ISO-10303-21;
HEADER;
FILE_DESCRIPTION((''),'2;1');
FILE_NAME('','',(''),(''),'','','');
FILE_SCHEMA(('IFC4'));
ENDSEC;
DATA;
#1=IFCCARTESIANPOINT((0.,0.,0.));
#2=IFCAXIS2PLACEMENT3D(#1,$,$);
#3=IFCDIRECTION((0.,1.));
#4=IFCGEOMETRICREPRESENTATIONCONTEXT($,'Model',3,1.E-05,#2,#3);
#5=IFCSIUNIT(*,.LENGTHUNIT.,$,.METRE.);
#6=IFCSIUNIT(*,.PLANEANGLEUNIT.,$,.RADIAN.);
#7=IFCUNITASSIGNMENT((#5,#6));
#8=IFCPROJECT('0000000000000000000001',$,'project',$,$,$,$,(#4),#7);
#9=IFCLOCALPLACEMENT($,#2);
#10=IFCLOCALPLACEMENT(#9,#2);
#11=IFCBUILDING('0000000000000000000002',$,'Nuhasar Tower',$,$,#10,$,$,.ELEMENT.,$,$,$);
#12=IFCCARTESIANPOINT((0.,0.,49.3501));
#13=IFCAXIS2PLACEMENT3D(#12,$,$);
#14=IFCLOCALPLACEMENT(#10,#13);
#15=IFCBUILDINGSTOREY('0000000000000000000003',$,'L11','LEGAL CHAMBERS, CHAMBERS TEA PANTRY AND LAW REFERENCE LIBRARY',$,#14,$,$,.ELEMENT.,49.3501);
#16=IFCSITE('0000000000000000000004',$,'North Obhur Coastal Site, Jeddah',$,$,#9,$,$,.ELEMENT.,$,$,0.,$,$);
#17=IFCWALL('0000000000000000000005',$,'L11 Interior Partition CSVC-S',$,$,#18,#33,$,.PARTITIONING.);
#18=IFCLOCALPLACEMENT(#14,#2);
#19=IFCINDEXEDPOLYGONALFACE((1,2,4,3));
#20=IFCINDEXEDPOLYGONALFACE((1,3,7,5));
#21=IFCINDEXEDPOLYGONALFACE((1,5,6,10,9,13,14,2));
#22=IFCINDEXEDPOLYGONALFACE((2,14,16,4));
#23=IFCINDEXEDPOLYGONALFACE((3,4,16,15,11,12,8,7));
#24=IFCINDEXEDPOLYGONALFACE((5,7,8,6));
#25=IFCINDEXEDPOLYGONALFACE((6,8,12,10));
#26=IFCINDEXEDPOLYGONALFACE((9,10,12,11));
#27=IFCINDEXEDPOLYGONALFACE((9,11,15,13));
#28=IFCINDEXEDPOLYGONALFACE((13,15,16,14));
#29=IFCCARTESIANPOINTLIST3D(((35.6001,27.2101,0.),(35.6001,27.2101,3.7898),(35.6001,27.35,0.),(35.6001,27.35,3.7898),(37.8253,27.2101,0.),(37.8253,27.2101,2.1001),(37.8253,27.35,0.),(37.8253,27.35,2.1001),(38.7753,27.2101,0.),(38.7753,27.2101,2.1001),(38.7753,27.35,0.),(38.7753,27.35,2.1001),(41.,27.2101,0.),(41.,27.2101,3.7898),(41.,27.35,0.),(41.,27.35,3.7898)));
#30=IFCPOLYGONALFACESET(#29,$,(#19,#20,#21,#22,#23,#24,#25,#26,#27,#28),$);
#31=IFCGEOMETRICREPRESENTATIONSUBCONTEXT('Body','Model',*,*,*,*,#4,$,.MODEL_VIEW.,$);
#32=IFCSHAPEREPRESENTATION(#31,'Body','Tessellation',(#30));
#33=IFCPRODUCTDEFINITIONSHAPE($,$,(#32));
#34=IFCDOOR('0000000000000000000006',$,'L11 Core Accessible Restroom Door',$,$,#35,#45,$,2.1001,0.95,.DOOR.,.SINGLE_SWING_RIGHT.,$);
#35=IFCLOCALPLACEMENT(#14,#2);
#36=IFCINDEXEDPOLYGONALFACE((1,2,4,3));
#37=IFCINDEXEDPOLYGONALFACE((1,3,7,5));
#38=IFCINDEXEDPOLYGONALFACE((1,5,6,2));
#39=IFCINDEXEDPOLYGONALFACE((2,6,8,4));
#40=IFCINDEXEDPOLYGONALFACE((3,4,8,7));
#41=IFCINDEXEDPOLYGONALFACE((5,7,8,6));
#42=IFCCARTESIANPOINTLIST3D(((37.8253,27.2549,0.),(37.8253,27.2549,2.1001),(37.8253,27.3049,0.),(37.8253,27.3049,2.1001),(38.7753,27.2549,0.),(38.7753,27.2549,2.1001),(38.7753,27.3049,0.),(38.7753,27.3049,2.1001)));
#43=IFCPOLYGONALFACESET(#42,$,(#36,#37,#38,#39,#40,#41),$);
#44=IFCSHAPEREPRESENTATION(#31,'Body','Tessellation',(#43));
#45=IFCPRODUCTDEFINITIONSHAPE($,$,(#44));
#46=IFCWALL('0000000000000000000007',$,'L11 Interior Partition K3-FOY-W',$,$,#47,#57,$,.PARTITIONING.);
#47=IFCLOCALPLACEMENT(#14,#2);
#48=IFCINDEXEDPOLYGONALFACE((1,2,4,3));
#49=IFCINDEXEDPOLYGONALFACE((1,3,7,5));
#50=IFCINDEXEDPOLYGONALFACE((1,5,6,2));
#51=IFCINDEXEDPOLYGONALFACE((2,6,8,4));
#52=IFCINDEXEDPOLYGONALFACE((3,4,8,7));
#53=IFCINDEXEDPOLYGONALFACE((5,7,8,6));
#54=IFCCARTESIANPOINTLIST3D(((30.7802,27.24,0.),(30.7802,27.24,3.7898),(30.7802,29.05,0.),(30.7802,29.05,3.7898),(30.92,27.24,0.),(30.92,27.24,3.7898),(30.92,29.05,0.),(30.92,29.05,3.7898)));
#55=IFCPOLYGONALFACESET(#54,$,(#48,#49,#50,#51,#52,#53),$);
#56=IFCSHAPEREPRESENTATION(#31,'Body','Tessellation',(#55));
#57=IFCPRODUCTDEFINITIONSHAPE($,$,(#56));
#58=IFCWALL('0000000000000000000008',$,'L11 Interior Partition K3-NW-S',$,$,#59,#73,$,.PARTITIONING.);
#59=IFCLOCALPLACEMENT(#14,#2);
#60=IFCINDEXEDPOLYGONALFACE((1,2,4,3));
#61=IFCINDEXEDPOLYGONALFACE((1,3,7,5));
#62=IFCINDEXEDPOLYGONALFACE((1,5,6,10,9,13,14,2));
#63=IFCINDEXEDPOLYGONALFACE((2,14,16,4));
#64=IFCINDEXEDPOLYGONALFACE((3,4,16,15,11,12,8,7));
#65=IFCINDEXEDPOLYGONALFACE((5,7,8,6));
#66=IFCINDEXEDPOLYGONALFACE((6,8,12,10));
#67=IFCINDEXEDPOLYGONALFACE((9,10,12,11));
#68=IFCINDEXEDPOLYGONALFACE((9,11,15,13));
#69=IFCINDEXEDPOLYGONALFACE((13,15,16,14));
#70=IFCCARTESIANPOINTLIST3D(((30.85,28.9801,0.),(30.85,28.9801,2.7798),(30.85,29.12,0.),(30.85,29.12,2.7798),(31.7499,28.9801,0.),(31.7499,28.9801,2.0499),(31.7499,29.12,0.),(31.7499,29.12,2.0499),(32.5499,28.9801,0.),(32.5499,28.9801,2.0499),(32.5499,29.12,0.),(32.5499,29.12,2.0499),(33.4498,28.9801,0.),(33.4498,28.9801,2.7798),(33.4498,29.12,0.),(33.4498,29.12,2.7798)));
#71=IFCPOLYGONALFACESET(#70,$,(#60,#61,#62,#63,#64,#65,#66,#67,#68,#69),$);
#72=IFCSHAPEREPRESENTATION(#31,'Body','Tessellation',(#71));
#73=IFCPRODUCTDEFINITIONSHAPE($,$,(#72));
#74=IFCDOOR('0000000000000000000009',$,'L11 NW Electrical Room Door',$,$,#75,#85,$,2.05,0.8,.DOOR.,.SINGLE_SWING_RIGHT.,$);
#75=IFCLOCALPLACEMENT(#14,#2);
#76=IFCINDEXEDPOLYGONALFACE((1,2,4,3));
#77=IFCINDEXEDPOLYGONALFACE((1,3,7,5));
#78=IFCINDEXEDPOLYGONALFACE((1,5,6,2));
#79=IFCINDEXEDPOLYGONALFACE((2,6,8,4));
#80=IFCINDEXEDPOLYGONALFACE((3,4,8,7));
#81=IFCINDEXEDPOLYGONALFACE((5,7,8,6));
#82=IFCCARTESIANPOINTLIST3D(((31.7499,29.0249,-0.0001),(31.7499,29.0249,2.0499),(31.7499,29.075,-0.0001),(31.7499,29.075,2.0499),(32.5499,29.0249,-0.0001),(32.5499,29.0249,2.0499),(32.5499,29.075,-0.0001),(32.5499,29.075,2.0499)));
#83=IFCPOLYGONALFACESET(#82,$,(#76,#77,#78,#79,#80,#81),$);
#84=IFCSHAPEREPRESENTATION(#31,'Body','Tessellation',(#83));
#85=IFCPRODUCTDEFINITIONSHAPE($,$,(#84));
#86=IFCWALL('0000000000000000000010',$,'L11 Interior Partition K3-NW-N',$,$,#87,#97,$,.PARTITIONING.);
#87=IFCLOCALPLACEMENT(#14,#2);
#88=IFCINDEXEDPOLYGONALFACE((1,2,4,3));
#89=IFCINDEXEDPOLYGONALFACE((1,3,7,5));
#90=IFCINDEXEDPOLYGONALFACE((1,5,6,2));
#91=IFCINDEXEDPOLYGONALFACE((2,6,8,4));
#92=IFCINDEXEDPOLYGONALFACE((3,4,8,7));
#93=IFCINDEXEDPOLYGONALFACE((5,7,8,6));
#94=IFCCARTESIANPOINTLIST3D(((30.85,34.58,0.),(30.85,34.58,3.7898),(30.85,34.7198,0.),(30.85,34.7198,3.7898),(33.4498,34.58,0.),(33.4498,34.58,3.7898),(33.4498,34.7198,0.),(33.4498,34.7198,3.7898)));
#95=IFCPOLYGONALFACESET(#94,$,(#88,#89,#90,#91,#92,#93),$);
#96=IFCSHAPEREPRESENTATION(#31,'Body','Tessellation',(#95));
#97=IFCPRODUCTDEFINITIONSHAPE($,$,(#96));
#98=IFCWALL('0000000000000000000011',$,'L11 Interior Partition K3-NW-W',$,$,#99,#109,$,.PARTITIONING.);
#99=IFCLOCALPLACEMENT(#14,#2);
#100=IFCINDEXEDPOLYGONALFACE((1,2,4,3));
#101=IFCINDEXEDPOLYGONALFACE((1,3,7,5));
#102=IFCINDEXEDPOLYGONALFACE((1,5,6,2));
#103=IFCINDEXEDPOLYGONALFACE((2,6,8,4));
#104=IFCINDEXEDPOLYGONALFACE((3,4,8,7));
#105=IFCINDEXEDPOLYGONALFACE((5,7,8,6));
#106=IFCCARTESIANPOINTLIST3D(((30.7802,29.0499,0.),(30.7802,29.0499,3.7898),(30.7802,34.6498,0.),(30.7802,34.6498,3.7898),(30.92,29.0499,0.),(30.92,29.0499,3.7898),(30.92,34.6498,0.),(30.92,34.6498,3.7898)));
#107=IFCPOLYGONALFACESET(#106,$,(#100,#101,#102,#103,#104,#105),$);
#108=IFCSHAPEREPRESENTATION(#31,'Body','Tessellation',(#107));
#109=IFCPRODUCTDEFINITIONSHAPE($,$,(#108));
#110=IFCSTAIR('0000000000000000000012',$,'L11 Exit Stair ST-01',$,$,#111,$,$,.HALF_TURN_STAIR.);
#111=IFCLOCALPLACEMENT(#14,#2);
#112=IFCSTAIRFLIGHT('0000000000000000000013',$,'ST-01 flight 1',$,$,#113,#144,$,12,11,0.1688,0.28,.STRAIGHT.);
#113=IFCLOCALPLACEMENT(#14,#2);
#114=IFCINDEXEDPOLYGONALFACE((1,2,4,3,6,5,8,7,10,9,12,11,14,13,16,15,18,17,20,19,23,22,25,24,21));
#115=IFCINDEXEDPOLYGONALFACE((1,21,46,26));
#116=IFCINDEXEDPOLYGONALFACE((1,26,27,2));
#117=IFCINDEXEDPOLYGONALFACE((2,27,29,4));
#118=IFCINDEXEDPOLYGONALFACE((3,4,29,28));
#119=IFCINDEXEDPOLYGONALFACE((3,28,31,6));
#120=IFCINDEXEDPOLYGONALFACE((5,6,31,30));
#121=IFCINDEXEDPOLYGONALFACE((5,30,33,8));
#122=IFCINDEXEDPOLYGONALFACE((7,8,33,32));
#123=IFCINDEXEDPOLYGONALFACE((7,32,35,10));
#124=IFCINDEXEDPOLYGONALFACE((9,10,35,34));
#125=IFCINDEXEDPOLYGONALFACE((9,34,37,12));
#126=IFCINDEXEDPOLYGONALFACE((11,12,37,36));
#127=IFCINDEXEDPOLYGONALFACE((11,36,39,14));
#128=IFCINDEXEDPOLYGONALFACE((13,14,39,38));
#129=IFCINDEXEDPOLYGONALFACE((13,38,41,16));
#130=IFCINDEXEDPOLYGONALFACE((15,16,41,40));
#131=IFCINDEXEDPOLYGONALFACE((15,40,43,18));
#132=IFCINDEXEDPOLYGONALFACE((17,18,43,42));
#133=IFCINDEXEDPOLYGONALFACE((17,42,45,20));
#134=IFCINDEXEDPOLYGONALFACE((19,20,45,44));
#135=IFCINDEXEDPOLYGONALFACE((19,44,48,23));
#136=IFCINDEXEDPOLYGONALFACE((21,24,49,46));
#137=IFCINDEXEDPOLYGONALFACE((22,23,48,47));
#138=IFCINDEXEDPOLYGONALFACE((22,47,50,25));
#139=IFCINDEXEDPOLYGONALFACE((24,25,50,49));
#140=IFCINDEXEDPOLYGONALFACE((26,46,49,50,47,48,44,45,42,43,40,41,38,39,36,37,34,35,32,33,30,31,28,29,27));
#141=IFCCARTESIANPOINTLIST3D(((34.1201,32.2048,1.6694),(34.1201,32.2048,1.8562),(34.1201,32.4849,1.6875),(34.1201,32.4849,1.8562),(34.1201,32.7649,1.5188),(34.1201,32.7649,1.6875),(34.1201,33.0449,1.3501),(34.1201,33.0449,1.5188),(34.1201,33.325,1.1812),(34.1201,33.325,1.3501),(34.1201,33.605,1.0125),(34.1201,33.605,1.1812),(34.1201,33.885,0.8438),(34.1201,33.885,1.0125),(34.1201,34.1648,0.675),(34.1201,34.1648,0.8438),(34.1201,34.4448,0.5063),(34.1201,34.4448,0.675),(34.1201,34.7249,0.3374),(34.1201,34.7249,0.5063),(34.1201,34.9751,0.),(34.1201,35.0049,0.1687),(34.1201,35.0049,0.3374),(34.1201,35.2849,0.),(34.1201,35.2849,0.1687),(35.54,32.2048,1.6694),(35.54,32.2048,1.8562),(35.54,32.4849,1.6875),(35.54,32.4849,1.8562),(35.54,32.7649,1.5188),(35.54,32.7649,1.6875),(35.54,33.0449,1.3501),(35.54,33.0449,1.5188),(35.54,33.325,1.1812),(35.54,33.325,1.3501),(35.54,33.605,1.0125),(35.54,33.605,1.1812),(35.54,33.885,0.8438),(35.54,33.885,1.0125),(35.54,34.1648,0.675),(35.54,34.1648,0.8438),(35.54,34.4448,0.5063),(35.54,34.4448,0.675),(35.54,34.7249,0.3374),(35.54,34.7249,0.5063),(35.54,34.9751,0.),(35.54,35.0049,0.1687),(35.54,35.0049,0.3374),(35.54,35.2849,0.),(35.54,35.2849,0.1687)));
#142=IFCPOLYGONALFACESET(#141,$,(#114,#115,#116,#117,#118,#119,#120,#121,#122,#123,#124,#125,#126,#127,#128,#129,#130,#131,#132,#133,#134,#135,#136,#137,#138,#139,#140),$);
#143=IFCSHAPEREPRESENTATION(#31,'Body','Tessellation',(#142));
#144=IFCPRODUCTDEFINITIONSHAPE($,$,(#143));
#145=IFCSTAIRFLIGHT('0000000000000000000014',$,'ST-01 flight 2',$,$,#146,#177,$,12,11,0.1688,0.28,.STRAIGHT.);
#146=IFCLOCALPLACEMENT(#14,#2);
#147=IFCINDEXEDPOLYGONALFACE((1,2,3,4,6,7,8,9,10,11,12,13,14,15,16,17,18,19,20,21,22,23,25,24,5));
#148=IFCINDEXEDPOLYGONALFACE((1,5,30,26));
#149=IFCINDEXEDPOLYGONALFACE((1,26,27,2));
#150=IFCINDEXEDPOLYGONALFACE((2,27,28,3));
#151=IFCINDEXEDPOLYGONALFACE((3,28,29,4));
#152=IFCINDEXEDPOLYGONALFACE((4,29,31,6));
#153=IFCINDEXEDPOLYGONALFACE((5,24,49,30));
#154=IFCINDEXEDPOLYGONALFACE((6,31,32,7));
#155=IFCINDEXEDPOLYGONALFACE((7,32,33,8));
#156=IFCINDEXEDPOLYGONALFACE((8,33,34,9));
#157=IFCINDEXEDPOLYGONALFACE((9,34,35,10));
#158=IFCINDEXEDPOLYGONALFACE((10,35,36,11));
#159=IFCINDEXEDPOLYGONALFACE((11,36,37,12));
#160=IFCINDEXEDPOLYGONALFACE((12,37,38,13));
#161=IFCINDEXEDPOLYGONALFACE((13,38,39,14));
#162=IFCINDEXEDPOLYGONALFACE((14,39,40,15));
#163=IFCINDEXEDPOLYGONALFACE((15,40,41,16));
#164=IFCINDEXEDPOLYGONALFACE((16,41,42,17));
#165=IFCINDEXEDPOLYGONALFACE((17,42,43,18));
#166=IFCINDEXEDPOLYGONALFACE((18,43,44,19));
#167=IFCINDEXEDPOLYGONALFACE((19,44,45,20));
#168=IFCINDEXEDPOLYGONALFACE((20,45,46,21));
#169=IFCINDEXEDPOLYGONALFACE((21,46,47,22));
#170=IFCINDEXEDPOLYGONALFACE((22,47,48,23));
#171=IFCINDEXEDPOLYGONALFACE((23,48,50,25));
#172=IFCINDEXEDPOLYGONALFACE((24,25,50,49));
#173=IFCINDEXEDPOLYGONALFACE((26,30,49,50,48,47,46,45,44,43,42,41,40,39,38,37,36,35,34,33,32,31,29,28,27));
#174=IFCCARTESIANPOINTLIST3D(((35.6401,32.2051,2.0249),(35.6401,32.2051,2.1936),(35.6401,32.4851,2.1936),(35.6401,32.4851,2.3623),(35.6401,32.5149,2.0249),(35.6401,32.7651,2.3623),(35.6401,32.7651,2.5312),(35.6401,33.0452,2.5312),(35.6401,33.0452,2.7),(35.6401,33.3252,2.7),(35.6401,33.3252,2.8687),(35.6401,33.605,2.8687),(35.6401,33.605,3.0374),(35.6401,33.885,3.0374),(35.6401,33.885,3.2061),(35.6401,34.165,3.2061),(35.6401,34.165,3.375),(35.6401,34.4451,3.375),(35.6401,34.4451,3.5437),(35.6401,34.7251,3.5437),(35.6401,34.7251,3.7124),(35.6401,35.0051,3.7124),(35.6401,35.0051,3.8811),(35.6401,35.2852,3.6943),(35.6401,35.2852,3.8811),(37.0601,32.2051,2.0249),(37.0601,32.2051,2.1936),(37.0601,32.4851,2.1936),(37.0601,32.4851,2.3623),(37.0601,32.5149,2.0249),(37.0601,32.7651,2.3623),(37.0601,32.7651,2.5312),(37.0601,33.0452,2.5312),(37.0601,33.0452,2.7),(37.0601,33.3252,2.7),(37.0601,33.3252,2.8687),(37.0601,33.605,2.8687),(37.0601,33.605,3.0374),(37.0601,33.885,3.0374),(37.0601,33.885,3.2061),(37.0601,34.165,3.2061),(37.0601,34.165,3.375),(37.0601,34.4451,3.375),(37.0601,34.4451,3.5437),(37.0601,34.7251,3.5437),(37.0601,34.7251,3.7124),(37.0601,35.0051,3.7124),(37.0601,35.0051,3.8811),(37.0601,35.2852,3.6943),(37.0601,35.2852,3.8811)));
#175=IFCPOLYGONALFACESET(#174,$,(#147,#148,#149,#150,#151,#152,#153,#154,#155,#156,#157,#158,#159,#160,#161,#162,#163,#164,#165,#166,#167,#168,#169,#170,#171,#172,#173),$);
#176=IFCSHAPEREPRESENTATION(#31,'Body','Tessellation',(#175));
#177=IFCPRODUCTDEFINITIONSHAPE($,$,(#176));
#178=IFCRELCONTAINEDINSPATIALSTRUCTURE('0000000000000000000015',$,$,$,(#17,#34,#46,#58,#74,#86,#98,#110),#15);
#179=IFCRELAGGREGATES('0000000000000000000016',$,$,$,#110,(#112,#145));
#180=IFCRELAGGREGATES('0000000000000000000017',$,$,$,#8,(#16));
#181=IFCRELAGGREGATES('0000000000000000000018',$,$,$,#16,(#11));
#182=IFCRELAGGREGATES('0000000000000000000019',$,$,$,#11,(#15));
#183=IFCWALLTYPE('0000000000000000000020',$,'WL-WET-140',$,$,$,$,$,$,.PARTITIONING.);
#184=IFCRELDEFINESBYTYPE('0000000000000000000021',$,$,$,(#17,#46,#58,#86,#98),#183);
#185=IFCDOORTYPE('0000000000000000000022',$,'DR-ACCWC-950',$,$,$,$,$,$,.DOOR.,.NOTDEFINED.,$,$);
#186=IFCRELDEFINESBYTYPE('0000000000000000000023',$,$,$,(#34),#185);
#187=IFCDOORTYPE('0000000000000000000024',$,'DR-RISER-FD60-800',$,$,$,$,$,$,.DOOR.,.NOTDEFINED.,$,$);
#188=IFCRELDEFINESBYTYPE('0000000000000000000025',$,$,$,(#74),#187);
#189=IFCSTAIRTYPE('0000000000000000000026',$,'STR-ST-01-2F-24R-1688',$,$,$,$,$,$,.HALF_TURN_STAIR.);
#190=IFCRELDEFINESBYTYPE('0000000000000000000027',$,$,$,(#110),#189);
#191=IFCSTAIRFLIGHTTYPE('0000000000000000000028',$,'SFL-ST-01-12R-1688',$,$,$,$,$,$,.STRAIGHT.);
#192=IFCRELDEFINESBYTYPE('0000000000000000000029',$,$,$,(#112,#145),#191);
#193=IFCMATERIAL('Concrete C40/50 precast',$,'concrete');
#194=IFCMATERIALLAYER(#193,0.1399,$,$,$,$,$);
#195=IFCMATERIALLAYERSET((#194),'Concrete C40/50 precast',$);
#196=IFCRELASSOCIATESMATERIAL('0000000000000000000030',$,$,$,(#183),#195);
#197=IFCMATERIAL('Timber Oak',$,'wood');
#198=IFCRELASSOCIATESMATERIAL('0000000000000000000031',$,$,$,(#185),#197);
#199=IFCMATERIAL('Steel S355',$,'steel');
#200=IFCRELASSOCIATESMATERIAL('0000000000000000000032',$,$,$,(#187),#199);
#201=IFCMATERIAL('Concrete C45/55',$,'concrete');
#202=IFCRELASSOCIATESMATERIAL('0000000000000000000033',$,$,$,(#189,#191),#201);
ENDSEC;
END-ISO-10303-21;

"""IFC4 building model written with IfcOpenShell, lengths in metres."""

from ifc_helpers import new_model, si_unit, direction, frame, frame_2d, origin, place, context, subcontext, project, spatial, polyline, rectangle, outline, extrude, material, layer, layer_set, type_object, element, fill, aggregate, save


model = new_model("IFC4")

# Units and contexts
model_context = context("Model", 3, precision=1e-05, world=origin(), true_north=direction((0.0, 1.0)))
body_context = subcontext(model_context, "Body", "Model", "MODEL_VIEW")
ifc_project = project(units=[si_unit("LENGTHUNIT", "METRE"), si_unit("PLANEANGLEUNIT", "RADIAN")], contexts=[model_context])

# Site, building, storey
site_placement = place(None, origin())
site = spatial("IfcSite", under=ifc_project, at=site_placement, Name="North Obhur Coastal Site, Jeddah", CompositionType="ELEMENT", RefElevation=0.0)
building_placement = place(site_placement, origin())
building = spatial("IfcBuilding", under=site, at=building_placement, Name="Nuhasar Tower", CompositionType="ELEMENT")
storey_placement = place(building_placement, frame((0.0, 0.0, 49.3501)))
storey = spatial("IfcBuildingStorey", under=building, at=storey_placement, Name="L11", Description="LEGAL CHAMBERS, CHAMBERS TEA PANTRY AND LAW REFERENCE LIBRARY", CompositionType="ELEMENT", Elevation=49.3501)

# Shared definitions
ifc_material_1 = material(Name="Steel S355", Category="steel")

# Shared definitions
ifc_material_2 = material(Name="Concrete C40/50 precast", Category="concrete")
ifc_layer_1 = layer(ifc_material_2, 0.1399)
ifc_layer_set_1 = layer_set([ifc_layer_1], Name="Concrete C40/50 precast")
wall_type_1 = type_object("IfcWallType", Name="WL-WET-140", PredefinedType="PARTITIONING", material=ifc_layer_set_1)

# Wall, opening, door
wall_1_placement = place(storey_placement, frame((35.6001, 27.28, 0.0), z_axis=(0.0, 0.0, 1.0), x_axis=(1.0, 0.0, 0.0)))
wall_1 = element("IfcWall", 1, at=wall_1_placement, inside=storey, type_object=wall_type_1, Name="L11 Interior Partition CSVC-S", PredefinedType="PARTITIONING", context=body_context, shape_type="SweptSolid", body=[
    extrude(rectangle(XDim=5.3999, YDim=0.1399, at=frame_2d((2.7, 0.0))), origin(), (0.0, 0.0, 1.0), 3.7898),
])
opening_1_placement = place(wall_1_placement, frame((2.2251, 0.0, 0.0)))
opening_1 = element("IfcOpeningElement", 2, at=opening_1_placement, cuts=wall_1, PredefinedType="OPENING", context=body_context, shape_type="SweptSolid", body=[
    extrude(rectangle(XDim=0.95, YDim=2.1001, at=frame_2d((0.4751, 1.05))), frame((0.0, 0.0801, 0.0), z_axis=(0.0, -1.0, 0.0), x_axis=(1.0, 0.0, 0.0)), (0.0, 0.0, 1.0), 0.1599),
])
ifc_material_3 = material(Name="Timber Oak", Category="wood")
door_type_1 = type_object("IfcDoorType", Name="DR-ACCWC-950", OperationType="NOTDEFINED", PredefinedType="DOOR", material=ifc_material_3)
door_1_placement = place(opening_1_placement, origin())
door_1 = element("IfcDoor", 3, at=door_1_placement, inside=storey, type_object=door_type_1, Name="L11 Core Accessible Restroom Door", OperationType="SINGLE_SWING_RIGHT", OverallHeight=2.1001, OverallWidth=0.95, PredefinedType="DOOR", context=body_context, shape_type="SweptSolid", body=[
    extrude(rectangle(XDim=0.95, YDim=2.1001, at=frame_2d((0.4751, 1.05))), frame((0.0, 0.0249, 0.0), z_axis=(0.0, -1.0, 0.0), x_axis=(1.0, 0.0, 0.0)), (0.0, 0.0, 1.0), 0.05),
])
fill(opening_1, door_1)

# Wall
wall_2_placement = place(storey_placement, frame((30.8501, 27.24, 0.0), z_axis=(0.0, 0.0, 1.0), x_axis=(0.0, 1.0, 0.0)))
element("IfcWall", 4, at=wall_2_placement, inside=storey, type_object=wall_type_1, Name="L11 Interior Partition K3-FOY-W", PredefinedType="PARTITIONING", context=body_context, shape_type="SweptSolid", body=[
    extrude(rectangle(XDim=1.8101, YDim=0.1399, at=frame_2d((0.905, 0.0))), origin(), (0.0, 0.0, 1.0), 3.7898),
])

# Wall, opening, door
wall_3_placement = place(storey_placement, frame((30.8501, 29.05, 0.0), z_axis=(0.0, 0.0, 1.0), x_axis=(1.0, 0.0, 0.0)))
wall_3 = element("IfcWall", 5, at=wall_3_placement, inside=storey, type_object=wall_type_1, Name="L11 Interior Partition K3-NW-S", PredefinedType="PARTITIONING", context=body_context, shape_type="SweptSolid", body=[
    extrude(rectangle(XDim=2.5999, YDim=0.1399, at=frame_2d((1.2998, 0.0))), origin(), (0.0, 0.0, 1.0), 2.7798),
])
opening_2_placement = place(wall_3_placement, frame((0.8999, 0.0, 0.0)))
opening_2 = element("IfcOpeningElement", 6, at=opening_2_placement, cuts=wall_3, PredefinedType="OPENING", context=body_context, shape_type="SweptSolid", body=[
    extrude(rectangle(XDim=0.8, YDim=2.05, at=frame_2d((0.3999, 1.0249))), frame((0.0, 0.0801, 0.0), z_axis=(0.0, -1.0, 0.0), x_axis=(1.0, 0.0, 0.0)), (0.0, 0.0, 1.0), 0.1599),
])
door_type_2 = type_object("IfcDoorType", Name="DR-RISER-FD60-800", OperationType="NOTDEFINED", PredefinedType="DOOR", material=ifc_material_1)
door_2_placement = place(opening_2_placement, origin())
door_2 = element("IfcDoor", 7, at=door_2_placement, inside=storey, type_object=door_type_2, Name="L11 NW Electrical Room Door", OperationType="SINGLE_SWING_RIGHT", OverallHeight=2.05, OverallWidth=0.8, PredefinedType="DOOR", context=body_context, shape_type="SweptSolid", body=[
    extrude(rectangle(XDim=0.8, YDim=2.05, at=frame_2d((0.3999, 1.0249))), frame((0.0, 0.0249, 0.0), z_axis=(0.0, -1.0, 0.0), x_axis=(1.0, 0.0, 0.0)), (0.0, 0.0, 1.0), 0.05),
])
fill(opening_2, door_2)

# Walls
wall_4_placement = place(storey_placement, frame((30.8501, 34.6499, 0.0), z_axis=(0.0, 0.0, 1.0), x_axis=(1.0, 0.0, 0.0)))
element("IfcWall", 8, at=wall_4_placement, inside=storey, type_object=wall_type_1, Name="L11 Interior Partition K3-NW-N", PredefinedType="PARTITIONING", context=body_context, shape_type="SweptSolid", body=[
    extrude(rectangle(XDim=2.5999, YDim=0.1399, at=frame_2d((1.2998, 0.0))), origin(), (0.0, 0.0, 1.0), 3.7898),
])
wall_5_placement = place(storey_placement, frame((30.8501, 29.05, 0.0), z_axis=(0.0, 0.0, 1.0), x_axis=(0.0, 1.0, 0.0)))
element("IfcWall", 9, at=wall_5_placement, inside=storey, type_object=wall_type_1, Name="L11 Interior Partition K3-NW-W", PredefinedType="PARTITIONING", context=body_context, shape_type="SweptSolid", body=[
    extrude(rectangle(XDim=5.5999, YDim=0.1399, at=frame_2d((2.7998, 0.0))), origin(), (0.0, 0.0, 1.0), 3.7898),
])

# Stair, stair flights
ifc_material_4 = material(Name="Concrete C45/55", Category="concrete")
stair_type_1 = type_object("IfcStairType", Name="STR-ST-01-2F-24R-1688", PredefinedType="HALF_TURN_STAIR", material=ifc_material_4)
stair_1_placement = place(storey_placement, origin())
stair_1 = element("IfcStair", 10, at=stair_1_placement, inside=storey, type_object=stair_type_1, Name="L11 Exit Stair ST-01", PredefinedType="HALF_TURN_STAIR")
stair_flight_type_1 = type_object("IfcStairFlightType", Name="SFL-ST-01-12R-1688", PredefinedType="STRAIGHT", material=ifc_material_4)
stair_flight_1_placement = place(storey_placement, frame((34.8301, 35.2849, 0.0), z_axis=(0.0, 0.0, 1.0), x_axis=(0.0, -1.0, 0.0)))
stair_flight_1 = element("IfcStairFlight", 11, at=stair_flight_1_placement, type_object=stair_flight_type_1, Name="ST-01 flight 1", NumberOfRisers=12, NumberOfTreads=11, PredefinedType="STRAIGHT", RiserHeight=0.1688, TreadLength=0.28, context=body_context, shape_type="SweptSolid", body=[
    extrude(outline(polyline([(0.0, 0.0), (0.0, 0.1687), (0.28, 0.1687), (0.28, 0.3374), (0.5601, 0.3374), (0.5601, 0.5063), (0.8401, 0.5063), (0.8401, 0.675), (1.1201, 0.675), (1.1201, 0.8438), (1.3999, 0.8438), (1.3999, 1.0125), (1.6799, 1.0125), (1.6799, 1.1812), (1.96, 1.1812), (1.96, 1.3501), (2.24, 1.3501), (2.24, 1.5188), (2.52, 1.5188), (2.52, 1.6875), (2.8, 1.6875), (2.8, 1.8562), (3.0801, 1.8562), (3.0801, 2.0249), (3.0801, 1.6694), (0.3098, 0.0), (0.0, 0.0)])), frame((0.0, 0.71, 0.0), z_axis=(0.0, -1.0, 0.0), x_axis=(1.0, 0.0, 0.0)), (0.0, 0.0, 1.0), 1.4199),
])
stair_flight_2_placement = place(storey_placement, frame((36.3501, 32.2051, 2.0249), z_axis=(0.0, 0.0, 1.0), x_axis=(0.0, 1.0, 0.0)))
stair_flight_2 = element("IfcStairFlight", 12, at=stair_flight_2_placement, type_object=stair_flight_type_1, Name="ST-01 flight 2", NumberOfRisers=12, NumberOfTreads=11, PredefinedType="STRAIGHT", RiserHeight=0.1688, TreadLength=0.28, context=body_context, shape_type="SweptSolid", body=[
    extrude(outline(polyline([(0.0, 0.0), (0.0, 0.1687), (0.28, 0.1687), (0.28, 0.3374), (0.5601, 0.3374), (0.5601, 0.5063), (0.8401, 0.5063), (0.8401, 0.675), (1.1201, 0.675), (1.1201, 0.8438), (1.3999, 0.8438), (1.3999, 1.0125), (1.6799, 1.0125), (1.6799, 1.1812), (1.96, 1.1812), (1.96, 1.3501), (2.24, 1.3501), (2.24, 1.5188), (2.52, 1.5188), (2.52, 1.6875), (2.8, 1.6875), (2.8, 1.8562), (3.0801, 1.8562), (3.0801, 2.0249), (3.0801, 1.6694), (0.3098, 0.0), (0.0, 0.0)])), frame((0.0, 0.71, 0.0), z_axis=(0.0, -1.0, 0.0), x_axis=(1.0, 0.0, 0.0)), (0.0, 0.0, 1.0), 1.4199),
])
aggregate(stair_1, [stair_flight_1, stair_flight_2])

save(model, "model.ifc")
